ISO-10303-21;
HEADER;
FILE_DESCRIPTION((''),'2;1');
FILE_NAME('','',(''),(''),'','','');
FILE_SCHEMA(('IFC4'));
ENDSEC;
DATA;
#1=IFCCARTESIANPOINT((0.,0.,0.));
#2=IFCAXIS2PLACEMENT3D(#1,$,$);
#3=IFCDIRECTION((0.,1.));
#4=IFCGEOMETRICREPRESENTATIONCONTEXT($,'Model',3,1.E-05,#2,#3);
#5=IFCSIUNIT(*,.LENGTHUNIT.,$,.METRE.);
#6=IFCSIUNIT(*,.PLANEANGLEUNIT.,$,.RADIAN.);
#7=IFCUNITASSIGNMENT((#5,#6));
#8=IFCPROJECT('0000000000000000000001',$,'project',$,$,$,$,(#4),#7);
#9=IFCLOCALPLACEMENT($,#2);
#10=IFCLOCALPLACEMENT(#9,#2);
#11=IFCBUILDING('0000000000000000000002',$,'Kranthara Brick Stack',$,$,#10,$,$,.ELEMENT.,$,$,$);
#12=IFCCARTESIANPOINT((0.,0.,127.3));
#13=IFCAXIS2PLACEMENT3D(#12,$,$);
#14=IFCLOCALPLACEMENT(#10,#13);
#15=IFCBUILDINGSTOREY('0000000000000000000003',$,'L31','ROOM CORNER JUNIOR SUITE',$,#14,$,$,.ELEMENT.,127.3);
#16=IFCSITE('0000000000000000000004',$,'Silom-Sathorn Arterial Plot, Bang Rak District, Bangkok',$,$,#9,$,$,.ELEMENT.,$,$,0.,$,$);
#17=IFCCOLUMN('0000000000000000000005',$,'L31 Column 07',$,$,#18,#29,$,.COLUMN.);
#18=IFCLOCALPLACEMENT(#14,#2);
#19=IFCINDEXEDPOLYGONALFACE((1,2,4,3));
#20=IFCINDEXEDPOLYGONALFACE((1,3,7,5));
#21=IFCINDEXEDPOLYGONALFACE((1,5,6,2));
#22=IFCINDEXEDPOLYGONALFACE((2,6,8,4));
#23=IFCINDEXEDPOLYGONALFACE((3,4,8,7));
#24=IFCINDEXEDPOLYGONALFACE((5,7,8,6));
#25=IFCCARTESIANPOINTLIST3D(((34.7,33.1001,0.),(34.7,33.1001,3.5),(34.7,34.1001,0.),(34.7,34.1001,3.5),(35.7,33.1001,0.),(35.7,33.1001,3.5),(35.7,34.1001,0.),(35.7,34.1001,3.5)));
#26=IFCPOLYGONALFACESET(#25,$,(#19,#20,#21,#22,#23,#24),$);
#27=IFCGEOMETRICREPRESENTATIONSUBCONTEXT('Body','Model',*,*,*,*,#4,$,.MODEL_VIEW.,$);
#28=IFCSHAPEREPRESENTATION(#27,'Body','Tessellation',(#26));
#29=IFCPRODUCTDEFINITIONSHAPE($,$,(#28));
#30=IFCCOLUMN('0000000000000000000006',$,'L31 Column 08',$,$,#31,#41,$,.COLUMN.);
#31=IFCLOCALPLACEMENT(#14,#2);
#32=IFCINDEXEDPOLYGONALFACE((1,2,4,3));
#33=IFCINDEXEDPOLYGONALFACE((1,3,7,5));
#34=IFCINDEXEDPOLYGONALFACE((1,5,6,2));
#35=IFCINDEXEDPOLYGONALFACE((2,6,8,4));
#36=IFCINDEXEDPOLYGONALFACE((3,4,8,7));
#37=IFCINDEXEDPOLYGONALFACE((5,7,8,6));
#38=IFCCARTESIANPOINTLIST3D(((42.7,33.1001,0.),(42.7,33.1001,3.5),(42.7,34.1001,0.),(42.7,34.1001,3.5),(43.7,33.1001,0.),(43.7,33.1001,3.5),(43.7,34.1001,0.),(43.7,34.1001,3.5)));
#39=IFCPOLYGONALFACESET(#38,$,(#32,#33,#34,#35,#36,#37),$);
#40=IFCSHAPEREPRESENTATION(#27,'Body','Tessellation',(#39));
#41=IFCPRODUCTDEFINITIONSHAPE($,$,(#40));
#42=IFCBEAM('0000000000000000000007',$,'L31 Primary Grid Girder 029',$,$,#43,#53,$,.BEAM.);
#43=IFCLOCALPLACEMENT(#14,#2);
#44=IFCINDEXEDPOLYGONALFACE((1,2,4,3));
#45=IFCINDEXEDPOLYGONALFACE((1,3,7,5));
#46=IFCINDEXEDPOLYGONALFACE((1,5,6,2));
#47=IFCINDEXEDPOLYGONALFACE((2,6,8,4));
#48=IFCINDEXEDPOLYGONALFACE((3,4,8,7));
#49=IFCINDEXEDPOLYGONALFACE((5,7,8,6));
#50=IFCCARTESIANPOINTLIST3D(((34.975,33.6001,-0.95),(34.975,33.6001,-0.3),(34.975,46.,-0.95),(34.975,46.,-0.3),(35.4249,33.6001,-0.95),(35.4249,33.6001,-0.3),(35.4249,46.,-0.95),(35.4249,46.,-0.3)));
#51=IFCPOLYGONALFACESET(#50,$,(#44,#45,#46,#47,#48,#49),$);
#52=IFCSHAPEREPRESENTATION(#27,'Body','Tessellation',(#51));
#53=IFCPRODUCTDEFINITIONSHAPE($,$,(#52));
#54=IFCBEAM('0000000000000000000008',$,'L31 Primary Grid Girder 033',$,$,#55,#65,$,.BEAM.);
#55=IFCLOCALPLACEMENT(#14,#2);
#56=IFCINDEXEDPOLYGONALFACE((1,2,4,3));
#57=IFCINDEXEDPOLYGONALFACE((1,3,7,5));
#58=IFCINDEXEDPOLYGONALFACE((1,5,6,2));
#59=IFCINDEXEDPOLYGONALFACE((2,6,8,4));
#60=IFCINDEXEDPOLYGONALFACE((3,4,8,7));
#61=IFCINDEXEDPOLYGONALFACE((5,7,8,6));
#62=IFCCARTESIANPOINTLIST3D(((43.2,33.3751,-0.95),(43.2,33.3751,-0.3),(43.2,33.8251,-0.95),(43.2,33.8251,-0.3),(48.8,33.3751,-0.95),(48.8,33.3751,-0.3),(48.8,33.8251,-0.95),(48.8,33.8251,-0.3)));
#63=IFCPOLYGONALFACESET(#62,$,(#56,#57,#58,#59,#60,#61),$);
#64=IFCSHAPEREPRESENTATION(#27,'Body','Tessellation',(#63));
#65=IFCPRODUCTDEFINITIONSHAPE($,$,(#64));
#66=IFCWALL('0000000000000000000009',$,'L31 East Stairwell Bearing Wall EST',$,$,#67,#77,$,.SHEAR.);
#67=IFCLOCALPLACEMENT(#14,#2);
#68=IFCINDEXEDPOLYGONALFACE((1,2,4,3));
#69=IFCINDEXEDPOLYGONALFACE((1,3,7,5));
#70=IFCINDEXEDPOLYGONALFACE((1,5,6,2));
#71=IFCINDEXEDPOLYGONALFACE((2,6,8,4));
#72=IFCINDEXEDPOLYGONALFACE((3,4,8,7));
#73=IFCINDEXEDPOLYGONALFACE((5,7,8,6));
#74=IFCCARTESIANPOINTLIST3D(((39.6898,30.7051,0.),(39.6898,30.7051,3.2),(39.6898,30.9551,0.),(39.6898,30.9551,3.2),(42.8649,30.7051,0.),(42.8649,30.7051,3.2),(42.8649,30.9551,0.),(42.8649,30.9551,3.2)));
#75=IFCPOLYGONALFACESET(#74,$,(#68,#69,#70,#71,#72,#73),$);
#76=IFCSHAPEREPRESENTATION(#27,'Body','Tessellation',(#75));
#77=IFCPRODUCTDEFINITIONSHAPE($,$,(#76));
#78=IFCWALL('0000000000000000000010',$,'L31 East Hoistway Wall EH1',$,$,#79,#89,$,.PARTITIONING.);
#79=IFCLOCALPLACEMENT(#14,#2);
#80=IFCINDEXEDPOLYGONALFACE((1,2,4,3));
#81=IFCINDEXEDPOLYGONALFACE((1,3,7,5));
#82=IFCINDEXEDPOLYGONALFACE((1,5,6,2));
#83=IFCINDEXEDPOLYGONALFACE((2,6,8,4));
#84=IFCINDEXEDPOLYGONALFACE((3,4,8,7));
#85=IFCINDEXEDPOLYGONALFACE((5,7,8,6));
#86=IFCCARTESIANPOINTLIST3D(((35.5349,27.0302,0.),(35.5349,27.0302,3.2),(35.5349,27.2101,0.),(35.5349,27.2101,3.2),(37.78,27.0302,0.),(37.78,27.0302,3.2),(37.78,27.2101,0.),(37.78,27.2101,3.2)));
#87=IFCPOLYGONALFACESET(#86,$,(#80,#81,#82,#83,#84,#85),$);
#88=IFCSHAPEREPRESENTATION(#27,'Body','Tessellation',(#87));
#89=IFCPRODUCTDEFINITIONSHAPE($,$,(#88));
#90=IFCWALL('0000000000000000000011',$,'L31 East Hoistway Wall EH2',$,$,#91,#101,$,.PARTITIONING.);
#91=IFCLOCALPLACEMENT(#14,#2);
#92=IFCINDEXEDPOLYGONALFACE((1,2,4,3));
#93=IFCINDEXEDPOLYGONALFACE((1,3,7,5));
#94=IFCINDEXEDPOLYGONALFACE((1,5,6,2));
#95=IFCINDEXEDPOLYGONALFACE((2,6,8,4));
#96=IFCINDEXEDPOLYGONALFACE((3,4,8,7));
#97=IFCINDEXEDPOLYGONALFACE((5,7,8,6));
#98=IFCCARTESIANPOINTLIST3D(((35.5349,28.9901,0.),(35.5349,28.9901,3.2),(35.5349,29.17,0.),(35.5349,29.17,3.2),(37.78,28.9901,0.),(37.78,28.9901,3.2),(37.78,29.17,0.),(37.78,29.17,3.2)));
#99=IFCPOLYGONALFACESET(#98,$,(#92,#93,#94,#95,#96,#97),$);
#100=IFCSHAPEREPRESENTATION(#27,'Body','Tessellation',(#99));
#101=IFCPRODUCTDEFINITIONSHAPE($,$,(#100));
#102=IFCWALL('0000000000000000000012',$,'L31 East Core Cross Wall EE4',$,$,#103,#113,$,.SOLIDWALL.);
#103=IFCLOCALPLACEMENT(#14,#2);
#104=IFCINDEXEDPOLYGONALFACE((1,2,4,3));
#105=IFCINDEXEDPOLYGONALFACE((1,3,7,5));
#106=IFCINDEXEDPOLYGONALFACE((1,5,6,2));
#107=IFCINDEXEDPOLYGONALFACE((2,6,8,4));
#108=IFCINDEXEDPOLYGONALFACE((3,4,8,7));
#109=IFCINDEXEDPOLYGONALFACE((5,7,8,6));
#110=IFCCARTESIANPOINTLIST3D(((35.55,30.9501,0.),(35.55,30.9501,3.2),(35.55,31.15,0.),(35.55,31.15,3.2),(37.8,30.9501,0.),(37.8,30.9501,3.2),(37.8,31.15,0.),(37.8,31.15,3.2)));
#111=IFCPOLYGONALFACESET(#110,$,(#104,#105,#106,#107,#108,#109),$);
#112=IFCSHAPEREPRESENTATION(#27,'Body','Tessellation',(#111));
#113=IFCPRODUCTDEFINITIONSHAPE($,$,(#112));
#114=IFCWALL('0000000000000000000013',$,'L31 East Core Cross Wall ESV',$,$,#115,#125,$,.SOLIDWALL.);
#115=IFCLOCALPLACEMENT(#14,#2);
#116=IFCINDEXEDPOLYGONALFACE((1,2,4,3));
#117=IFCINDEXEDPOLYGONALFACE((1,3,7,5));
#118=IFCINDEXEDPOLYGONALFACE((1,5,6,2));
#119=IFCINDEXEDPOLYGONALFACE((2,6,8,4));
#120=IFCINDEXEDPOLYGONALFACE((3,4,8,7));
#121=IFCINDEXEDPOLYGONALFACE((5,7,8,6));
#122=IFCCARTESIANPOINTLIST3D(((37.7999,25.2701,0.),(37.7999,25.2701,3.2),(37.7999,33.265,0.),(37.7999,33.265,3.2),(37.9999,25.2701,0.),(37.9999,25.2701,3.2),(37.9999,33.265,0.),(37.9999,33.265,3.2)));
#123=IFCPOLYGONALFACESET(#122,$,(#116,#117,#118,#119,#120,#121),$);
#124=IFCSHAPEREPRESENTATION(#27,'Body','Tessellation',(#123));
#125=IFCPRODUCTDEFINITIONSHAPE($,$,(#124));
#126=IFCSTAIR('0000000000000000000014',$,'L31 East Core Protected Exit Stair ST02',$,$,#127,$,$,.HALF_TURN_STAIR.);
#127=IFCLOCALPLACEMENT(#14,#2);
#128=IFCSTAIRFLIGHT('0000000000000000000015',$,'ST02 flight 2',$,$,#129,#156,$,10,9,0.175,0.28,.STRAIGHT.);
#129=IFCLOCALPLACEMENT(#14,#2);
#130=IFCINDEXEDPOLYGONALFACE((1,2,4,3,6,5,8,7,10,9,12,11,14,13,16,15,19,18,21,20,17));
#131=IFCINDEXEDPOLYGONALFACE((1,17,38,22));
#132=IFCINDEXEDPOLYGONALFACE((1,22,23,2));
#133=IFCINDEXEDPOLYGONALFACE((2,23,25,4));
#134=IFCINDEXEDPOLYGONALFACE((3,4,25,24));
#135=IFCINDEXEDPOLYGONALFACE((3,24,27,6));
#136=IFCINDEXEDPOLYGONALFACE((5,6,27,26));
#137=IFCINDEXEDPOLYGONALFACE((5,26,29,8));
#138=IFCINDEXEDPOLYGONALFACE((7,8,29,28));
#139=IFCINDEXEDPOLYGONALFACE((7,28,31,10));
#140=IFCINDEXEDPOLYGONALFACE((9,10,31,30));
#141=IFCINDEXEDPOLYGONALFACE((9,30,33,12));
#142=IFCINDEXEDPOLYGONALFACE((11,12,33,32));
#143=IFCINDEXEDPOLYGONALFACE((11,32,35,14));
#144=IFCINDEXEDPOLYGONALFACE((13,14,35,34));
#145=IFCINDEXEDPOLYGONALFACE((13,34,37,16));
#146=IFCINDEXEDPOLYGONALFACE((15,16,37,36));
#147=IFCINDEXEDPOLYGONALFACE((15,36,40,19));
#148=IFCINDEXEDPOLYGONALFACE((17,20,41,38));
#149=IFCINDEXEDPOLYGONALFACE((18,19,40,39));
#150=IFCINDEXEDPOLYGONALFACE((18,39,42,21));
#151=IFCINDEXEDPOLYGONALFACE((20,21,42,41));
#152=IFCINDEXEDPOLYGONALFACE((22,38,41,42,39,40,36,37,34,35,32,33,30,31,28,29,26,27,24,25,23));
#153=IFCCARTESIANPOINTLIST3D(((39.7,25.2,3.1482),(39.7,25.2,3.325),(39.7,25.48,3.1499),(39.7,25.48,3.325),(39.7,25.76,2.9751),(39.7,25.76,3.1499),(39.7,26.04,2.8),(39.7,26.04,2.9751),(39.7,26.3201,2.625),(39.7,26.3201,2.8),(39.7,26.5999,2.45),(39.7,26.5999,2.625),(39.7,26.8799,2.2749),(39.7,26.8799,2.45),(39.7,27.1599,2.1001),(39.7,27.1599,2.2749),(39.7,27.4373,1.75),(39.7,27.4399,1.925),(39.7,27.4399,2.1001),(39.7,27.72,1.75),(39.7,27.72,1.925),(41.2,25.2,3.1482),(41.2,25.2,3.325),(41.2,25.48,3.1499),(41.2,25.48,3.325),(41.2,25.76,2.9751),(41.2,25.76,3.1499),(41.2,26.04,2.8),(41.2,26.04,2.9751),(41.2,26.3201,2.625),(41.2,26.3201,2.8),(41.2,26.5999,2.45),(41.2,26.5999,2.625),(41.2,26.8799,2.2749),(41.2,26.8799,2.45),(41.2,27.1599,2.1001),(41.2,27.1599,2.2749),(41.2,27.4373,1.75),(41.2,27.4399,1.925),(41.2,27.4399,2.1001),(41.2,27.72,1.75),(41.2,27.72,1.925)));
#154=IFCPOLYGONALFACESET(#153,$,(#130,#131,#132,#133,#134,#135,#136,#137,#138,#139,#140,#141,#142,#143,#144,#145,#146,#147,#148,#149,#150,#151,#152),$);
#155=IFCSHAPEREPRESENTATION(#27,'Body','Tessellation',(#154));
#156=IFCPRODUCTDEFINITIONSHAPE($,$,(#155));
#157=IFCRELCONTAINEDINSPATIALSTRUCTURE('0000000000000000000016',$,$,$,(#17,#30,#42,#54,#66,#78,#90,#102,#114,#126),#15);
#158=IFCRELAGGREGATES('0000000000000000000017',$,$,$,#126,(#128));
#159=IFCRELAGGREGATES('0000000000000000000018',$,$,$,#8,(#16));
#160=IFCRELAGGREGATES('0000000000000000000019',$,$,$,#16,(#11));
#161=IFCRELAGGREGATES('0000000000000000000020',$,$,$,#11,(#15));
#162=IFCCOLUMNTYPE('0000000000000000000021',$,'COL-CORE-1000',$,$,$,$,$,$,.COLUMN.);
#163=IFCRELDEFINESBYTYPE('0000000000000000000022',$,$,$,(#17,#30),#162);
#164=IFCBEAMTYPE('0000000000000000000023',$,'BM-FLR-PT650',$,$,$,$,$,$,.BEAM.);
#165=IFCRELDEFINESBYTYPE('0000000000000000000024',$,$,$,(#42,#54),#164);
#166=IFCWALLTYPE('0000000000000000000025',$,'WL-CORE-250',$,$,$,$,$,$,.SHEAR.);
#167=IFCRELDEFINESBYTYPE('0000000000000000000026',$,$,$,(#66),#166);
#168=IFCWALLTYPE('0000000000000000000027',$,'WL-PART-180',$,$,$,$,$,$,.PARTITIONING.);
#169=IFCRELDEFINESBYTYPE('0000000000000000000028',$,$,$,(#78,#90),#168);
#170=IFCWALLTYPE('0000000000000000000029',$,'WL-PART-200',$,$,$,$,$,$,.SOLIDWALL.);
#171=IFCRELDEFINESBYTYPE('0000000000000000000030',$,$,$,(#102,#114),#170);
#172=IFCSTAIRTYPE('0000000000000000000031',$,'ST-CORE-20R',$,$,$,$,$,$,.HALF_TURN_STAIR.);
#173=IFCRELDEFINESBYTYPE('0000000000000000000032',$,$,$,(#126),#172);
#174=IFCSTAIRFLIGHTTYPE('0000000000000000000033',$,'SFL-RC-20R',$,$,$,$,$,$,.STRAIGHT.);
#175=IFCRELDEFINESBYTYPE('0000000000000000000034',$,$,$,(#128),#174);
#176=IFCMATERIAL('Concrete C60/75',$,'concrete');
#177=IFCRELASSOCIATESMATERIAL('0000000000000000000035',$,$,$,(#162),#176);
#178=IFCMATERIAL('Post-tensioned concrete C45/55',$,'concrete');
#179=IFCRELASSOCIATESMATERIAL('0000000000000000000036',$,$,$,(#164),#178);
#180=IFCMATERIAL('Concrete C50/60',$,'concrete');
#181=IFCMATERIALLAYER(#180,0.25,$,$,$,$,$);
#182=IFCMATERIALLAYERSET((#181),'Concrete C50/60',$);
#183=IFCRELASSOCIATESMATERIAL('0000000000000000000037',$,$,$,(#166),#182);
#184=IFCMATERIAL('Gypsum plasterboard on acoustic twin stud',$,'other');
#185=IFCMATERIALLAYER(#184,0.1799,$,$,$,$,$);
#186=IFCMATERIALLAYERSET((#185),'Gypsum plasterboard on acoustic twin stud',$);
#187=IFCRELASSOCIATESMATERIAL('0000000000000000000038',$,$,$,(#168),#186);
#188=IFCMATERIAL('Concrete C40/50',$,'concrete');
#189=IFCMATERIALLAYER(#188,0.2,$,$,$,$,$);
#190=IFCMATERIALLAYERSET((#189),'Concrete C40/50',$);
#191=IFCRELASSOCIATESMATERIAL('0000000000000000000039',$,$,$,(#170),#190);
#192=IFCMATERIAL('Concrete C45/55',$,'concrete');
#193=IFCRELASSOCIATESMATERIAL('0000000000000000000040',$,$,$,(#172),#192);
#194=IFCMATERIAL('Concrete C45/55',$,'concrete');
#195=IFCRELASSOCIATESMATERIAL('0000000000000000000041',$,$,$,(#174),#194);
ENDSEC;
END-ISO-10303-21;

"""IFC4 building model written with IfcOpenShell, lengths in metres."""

from ifc_helpers import new_model, si_unit, direction, frame, frame_2d, origin, origin_2d, place, context, subcontext, project, spatial, polyline, rectangle, outline, extrude, material, layer, layer_set, material_profile, profile_set, type_object, element, aggregate, save


model = new_model("IFC4")

# Units and contexts
model_context = context("Model", 3, precision=1e-05, world=origin(), true_north=direction((0.0, 1.0)))
body_context = subcontext(model_context, "Body", "Model", "MODEL_VIEW")
ifc_project = project(units=[si_unit("LENGTHUNIT", "METRE"), si_unit("PLANEANGLEUNIT", "RADIAN")], contexts=[model_context])

# Site, building, storey
site_placement = place(None, origin())
site = spatial("IfcSite", under=ifc_project, at=site_placement, Name="Silom-Sathorn Arterial Plot, Bang Rak District, Bangkok", CompositionType="ELEMENT", RefElevation=0.0)
building_placement = place(site_placement, origin())
building = spatial("IfcBuilding", under=site, at=building_placement, Name="Kranthara Brick Stack", CompositionType="ELEMENT")
storey_placement = place(building_placement, frame((0.0, 0.0, 127.3)))
storey = spatial("IfcBuildingStorey", under=building, at=storey_placement, Name="L31", Description="ROOM CORNER JUNIOR SUITE", CompositionType="ELEMENT", Elevation=127.3)

# Columns
ifc_material_1 = material(Name="Concrete C60/75", Category="concrete")
ifc_material_profile_1 = material_profile(ifc_material_1, rectangle(XDim=1.0, YDim=1.0, at=origin_2d()), Name="RC 1000x1000")
ifc_profile_set_1 = profile_set([ifc_material_profile_1], Name="Concrete C60/75")
column_type = type_object("IfcColumnType", Name="COL-CORE-1000", PredefinedType="COLUMN", material=ifc_profile_set_1)
for number, where, z_axis, x_axis, name in (
    (1, (35.2, 33.6001, 0.0), (0.0, 0.0, 1.0), (1.0, 0.0, 0.0), "L31 Column 07"),
    (2, (43.2, 33.6001, 0.0), (0.0, 0.0, 1.0), (1.0, 0.0, 0.0), "L31 Column 08"),
):
    element("IfcColumn", number, at=place(storey_placement, frame(where, z_axis=z_axis, x_axis=x_axis)), inside=storey, type_object=column_type, Name=name, PredefinedType="COLUMN", context=body_context, shape_type="SweptSolid", body=[
        extrude(rectangle(XDim=1.0, YDim=1.0, at=origin_2d()), origin(), (0.0, 0.0, 1.0), 3.5),
    ])

# Beams
ifc_material_2 = material(Name="Post-tensioned concrete C45/55", Category="concrete")
ifc_material_profile_2 = material_profile(ifc_material_2, rectangle(XDim=0.45, YDim=0.6499, at=origin_2d()), Name="PT 450x650")
ifc_profile_set_2 = profile_set([ifc_material_profile_2], Name="Post-tensioned concrete C45/55")
beam_type = type_object("IfcBeamType", Name="BM-FLR-PT650", PredefinedType="BEAM", material=ifc_profile_set_2)
beam_1_placement = place(storey_placement, frame((35.2, 33.6001, -0.625), z_axis=(0.0, 1.0, 0.0), x_axis=(-1.0, 0.0, 0.0)))
element("IfcBeam", 3, at=beam_1_placement, inside=storey, type_object=beam_type, Name="L31 Primary Grid Girder 029", PredefinedType="BEAM", context=body_context, shape_type="SweptSolid", body=[
    extrude(rectangle(XDim=0.45, YDim=0.6499, at=origin_2d()), origin(), (0.0, 0.0, 1.0), 12.3999),
])
beam_2_placement = place(storey_placement, frame((43.2, 33.6001, -0.625), z_axis=(1.0, 0.0, 0.0), x_axis=(0.0, 1.0, 0.0)))
element("IfcBeam", 4, at=beam_2_placement, inside=storey, type_object=beam_type, Name="L31 Primary Grid Girder 033", PredefinedType="BEAM", context=body_context, shape_type="SweptSolid", body=[
    extrude(rectangle(XDim=0.45, YDim=0.6499, at=origin_2d()), origin(), (0.0, 0.0, 1.0), 5.6001),
])

# Wall
ifc_material_3 = material(Name="Concrete C50/60", Category="concrete")
ifc_layer_1 = layer(ifc_material_3, 0.25)
ifc_layer_set_1 = layer_set([ifc_layer_1], Name="Concrete C50/60")
wall_type_1 = type_object("IfcWallType", Name="WL-CORE-250", PredefinedType="SHEAR", material=ifc_layer_set_1)
wall_1_placement = place(storey_placement, frame((39.6899, 30.8301, 0.0), z_axis=(0.0, 0.0, 1.0), x_axis=(1.0, 0.0, 0.0)))
element("IfcWall", 5, at=wall_1_placement, inside=storey, type_object=wall_type_1, Name="L31 East Stairwell Bearing Wall EST", PredefinedType="SHEAR", context=body_context, shape_type="SweptSolid", body=[
    extrude(rectangle(XDim=3.175, YDim=0.25, at=frame_2d((1.5874, 0.0))), origin(), (0.0, 0.0, 1.0), 3.2),
])

# Walls
ifc_material_4 = material(Name="Gypsum plasterboard on acoustic twin stud", Category="other")
ifc_layer_2 = layer(ifc_material_4, 0.1799)
ifc_layer_set_2 = layer_set([ifc_layer_2], Name="Gypsum plasterboard on acoustic twin stud")
wall_type_2 = type_object("IfcWallType", Name="WL-PART-180", PredefinedType="PARTITIONING", material=ifc_layer_set_2)
for number, where, z_axis, x_axis, name in (
    (6, (35.5349, 27.1201, 0.0), (0.0, 0.0, 1.0), (1.0, 0.0, 0.0), "L31 East Hoistway Wall EH1"),
    (7, (35.5349, 29.0801, 0.0), (0.0, 0.0, 1.0), (1.0, 0.0, 0.0), "L31 East Hoistway Wall EH2"),
):
    element("IfcWall", number, at=place(storey_placement, frame(where, z_axis=z_axis, x_axis=x_axis)), inside=storey, type_object=wall_type_2, Name=name, PredefinedType="PARTITIONING", context=body_context, shape_type="SweptSolid", body=[
        extrude(rectangle(XDim=2.2451, YDim=0.1799, at=frame_2d((1.1226, 0.0))), origin(), (0.0, 0.0, 1.0), 3.2),
    ])
ifc_material_5 = material(Name="Concrete C40/50", Category="concrete")
ifc_layer_3 = layer(ifc_material_5, 0.2)
ifc_layer_set_3 = layer_set([ifc_layer_3], Name="Concrete C40/50")
wall_type_3 = type_object("IfcWallType", Name="WL-PART-200", PredefinedType="SOLIDWALL", material=ifc_layer_set_3)
wall_2_placement = place(storey_placement, frame((35.55, 31.05, 0.0), z_axis=(0.0, 0.0, 1.0), x_axis=(1.0, 0.0, 0.0)))
element("IfcWall", 8, at=wall_2_placement, inside=storey, type_object=wall_type_3, Name="L31 East Core Cross Wall EE4", PredefinedType="SOLIDWALL", context=body_context, shape_type="SweptSolid", body=[
    extrude(rectangle(XDim=2.25, YDim=0.2, at=frame_2d((1.125, 0.0))), origin(), (0.0, 0.0, 1.0), 3.2),
])
wall_3_placement = place(storey_placement, frame((37.8999, 25.27, 0.0), z_axis=(0.0, 0.0, 1.0), x_axis=(0.0, 1.0, 0.0)))
element("IfcWall", 9, at=wall_3_placement, inside=storey, type_object=wall_type_3, Name="L31 East Core Cross Wall ESV", PredefinedType="SOLIDWALL", context=body_context, shape_type="SweptSolid", body=[
    extrude(rectangle(XDim=7.9949, YDim=0.2, at=frame_2d((3.9976, 0.0))), origin(), (0.0, 0.0, 1.0), 3.2),
])

# Stair, stair flight
ifc_material_6 = material(Name="Concrete C45/55", Category="concrete")
stair_type = type_object("IfcStairType", Name="ST-CORE-20R", PredefinedType="HALF_TURN_STAIR", material=ifc_material_6)
stair_placement = place(storey_placement, origin())
stair = element("IfcStair", 10, at=stair_placement, inside=storey, type_object=stair_type, Name="L31 East Core Protected Exit Stair ST02", PredefinedType="HALF_TURN_STAIR")
ifc_material_7 = material(Name="Concrete C45/55", Category="concrete")
stair_flight_type = type_object("IfcStairFlightType", Name="SFL-RC-20R", PredefinedType="STRAIGHT", material=ifc_material_7)
stair_flight_placement = place(storey_placement, frame((40.45, 27.72, 1.75), z_axis=(0.0, 0.0, 1.0), x_axis=(0.0, -1.0, 0.0)))
stair_flight = element("IfcStairFlight", 11, at=stair_flight_placement, type_object=stair_flight_type, Name="ST02 flight 2", NumberOfRisers=10, NumberOfTreads=9, PredefinedType="STRAIGHT", RiserHeight=0.175, TreadLength=0.28, context=body_context, shape_type="SweptSolid", body=[
    extrude(outline(polyline([(0.0, 0.0), (0.0, 0.175), (0.28, 0.175), (0.28, 0.3501), (0.5601, 0.3501), (0.5601, 0.5249), (0.8401, 0.5249), (0.8401, 0.7), (1.1201, 0.7), (1.1201, 0.875), (1.3999, 0.875), (1.3999, 1.05), (1.6799, 1.05), (1.6799, 1.2251), (1.96, 1.2251), (1.96, 1.3999), (2.24, 1.3999), (2.24, 1.575), (2.52, 1.575), (2.52, 1.75), (2.52, 1.3982), (0.2827, 0.0), (0.0, 0.0)])), frame((0.0, 0.75, 0.0), z_axis=(0.0, -1.0, 0.0), x_axis=(1.0, 0.0, 0.0)), (0.0, 0.0, 1.0), 1.5),
])
aggregate(stair, [stair_flight])

save(model, "model.ifc")
